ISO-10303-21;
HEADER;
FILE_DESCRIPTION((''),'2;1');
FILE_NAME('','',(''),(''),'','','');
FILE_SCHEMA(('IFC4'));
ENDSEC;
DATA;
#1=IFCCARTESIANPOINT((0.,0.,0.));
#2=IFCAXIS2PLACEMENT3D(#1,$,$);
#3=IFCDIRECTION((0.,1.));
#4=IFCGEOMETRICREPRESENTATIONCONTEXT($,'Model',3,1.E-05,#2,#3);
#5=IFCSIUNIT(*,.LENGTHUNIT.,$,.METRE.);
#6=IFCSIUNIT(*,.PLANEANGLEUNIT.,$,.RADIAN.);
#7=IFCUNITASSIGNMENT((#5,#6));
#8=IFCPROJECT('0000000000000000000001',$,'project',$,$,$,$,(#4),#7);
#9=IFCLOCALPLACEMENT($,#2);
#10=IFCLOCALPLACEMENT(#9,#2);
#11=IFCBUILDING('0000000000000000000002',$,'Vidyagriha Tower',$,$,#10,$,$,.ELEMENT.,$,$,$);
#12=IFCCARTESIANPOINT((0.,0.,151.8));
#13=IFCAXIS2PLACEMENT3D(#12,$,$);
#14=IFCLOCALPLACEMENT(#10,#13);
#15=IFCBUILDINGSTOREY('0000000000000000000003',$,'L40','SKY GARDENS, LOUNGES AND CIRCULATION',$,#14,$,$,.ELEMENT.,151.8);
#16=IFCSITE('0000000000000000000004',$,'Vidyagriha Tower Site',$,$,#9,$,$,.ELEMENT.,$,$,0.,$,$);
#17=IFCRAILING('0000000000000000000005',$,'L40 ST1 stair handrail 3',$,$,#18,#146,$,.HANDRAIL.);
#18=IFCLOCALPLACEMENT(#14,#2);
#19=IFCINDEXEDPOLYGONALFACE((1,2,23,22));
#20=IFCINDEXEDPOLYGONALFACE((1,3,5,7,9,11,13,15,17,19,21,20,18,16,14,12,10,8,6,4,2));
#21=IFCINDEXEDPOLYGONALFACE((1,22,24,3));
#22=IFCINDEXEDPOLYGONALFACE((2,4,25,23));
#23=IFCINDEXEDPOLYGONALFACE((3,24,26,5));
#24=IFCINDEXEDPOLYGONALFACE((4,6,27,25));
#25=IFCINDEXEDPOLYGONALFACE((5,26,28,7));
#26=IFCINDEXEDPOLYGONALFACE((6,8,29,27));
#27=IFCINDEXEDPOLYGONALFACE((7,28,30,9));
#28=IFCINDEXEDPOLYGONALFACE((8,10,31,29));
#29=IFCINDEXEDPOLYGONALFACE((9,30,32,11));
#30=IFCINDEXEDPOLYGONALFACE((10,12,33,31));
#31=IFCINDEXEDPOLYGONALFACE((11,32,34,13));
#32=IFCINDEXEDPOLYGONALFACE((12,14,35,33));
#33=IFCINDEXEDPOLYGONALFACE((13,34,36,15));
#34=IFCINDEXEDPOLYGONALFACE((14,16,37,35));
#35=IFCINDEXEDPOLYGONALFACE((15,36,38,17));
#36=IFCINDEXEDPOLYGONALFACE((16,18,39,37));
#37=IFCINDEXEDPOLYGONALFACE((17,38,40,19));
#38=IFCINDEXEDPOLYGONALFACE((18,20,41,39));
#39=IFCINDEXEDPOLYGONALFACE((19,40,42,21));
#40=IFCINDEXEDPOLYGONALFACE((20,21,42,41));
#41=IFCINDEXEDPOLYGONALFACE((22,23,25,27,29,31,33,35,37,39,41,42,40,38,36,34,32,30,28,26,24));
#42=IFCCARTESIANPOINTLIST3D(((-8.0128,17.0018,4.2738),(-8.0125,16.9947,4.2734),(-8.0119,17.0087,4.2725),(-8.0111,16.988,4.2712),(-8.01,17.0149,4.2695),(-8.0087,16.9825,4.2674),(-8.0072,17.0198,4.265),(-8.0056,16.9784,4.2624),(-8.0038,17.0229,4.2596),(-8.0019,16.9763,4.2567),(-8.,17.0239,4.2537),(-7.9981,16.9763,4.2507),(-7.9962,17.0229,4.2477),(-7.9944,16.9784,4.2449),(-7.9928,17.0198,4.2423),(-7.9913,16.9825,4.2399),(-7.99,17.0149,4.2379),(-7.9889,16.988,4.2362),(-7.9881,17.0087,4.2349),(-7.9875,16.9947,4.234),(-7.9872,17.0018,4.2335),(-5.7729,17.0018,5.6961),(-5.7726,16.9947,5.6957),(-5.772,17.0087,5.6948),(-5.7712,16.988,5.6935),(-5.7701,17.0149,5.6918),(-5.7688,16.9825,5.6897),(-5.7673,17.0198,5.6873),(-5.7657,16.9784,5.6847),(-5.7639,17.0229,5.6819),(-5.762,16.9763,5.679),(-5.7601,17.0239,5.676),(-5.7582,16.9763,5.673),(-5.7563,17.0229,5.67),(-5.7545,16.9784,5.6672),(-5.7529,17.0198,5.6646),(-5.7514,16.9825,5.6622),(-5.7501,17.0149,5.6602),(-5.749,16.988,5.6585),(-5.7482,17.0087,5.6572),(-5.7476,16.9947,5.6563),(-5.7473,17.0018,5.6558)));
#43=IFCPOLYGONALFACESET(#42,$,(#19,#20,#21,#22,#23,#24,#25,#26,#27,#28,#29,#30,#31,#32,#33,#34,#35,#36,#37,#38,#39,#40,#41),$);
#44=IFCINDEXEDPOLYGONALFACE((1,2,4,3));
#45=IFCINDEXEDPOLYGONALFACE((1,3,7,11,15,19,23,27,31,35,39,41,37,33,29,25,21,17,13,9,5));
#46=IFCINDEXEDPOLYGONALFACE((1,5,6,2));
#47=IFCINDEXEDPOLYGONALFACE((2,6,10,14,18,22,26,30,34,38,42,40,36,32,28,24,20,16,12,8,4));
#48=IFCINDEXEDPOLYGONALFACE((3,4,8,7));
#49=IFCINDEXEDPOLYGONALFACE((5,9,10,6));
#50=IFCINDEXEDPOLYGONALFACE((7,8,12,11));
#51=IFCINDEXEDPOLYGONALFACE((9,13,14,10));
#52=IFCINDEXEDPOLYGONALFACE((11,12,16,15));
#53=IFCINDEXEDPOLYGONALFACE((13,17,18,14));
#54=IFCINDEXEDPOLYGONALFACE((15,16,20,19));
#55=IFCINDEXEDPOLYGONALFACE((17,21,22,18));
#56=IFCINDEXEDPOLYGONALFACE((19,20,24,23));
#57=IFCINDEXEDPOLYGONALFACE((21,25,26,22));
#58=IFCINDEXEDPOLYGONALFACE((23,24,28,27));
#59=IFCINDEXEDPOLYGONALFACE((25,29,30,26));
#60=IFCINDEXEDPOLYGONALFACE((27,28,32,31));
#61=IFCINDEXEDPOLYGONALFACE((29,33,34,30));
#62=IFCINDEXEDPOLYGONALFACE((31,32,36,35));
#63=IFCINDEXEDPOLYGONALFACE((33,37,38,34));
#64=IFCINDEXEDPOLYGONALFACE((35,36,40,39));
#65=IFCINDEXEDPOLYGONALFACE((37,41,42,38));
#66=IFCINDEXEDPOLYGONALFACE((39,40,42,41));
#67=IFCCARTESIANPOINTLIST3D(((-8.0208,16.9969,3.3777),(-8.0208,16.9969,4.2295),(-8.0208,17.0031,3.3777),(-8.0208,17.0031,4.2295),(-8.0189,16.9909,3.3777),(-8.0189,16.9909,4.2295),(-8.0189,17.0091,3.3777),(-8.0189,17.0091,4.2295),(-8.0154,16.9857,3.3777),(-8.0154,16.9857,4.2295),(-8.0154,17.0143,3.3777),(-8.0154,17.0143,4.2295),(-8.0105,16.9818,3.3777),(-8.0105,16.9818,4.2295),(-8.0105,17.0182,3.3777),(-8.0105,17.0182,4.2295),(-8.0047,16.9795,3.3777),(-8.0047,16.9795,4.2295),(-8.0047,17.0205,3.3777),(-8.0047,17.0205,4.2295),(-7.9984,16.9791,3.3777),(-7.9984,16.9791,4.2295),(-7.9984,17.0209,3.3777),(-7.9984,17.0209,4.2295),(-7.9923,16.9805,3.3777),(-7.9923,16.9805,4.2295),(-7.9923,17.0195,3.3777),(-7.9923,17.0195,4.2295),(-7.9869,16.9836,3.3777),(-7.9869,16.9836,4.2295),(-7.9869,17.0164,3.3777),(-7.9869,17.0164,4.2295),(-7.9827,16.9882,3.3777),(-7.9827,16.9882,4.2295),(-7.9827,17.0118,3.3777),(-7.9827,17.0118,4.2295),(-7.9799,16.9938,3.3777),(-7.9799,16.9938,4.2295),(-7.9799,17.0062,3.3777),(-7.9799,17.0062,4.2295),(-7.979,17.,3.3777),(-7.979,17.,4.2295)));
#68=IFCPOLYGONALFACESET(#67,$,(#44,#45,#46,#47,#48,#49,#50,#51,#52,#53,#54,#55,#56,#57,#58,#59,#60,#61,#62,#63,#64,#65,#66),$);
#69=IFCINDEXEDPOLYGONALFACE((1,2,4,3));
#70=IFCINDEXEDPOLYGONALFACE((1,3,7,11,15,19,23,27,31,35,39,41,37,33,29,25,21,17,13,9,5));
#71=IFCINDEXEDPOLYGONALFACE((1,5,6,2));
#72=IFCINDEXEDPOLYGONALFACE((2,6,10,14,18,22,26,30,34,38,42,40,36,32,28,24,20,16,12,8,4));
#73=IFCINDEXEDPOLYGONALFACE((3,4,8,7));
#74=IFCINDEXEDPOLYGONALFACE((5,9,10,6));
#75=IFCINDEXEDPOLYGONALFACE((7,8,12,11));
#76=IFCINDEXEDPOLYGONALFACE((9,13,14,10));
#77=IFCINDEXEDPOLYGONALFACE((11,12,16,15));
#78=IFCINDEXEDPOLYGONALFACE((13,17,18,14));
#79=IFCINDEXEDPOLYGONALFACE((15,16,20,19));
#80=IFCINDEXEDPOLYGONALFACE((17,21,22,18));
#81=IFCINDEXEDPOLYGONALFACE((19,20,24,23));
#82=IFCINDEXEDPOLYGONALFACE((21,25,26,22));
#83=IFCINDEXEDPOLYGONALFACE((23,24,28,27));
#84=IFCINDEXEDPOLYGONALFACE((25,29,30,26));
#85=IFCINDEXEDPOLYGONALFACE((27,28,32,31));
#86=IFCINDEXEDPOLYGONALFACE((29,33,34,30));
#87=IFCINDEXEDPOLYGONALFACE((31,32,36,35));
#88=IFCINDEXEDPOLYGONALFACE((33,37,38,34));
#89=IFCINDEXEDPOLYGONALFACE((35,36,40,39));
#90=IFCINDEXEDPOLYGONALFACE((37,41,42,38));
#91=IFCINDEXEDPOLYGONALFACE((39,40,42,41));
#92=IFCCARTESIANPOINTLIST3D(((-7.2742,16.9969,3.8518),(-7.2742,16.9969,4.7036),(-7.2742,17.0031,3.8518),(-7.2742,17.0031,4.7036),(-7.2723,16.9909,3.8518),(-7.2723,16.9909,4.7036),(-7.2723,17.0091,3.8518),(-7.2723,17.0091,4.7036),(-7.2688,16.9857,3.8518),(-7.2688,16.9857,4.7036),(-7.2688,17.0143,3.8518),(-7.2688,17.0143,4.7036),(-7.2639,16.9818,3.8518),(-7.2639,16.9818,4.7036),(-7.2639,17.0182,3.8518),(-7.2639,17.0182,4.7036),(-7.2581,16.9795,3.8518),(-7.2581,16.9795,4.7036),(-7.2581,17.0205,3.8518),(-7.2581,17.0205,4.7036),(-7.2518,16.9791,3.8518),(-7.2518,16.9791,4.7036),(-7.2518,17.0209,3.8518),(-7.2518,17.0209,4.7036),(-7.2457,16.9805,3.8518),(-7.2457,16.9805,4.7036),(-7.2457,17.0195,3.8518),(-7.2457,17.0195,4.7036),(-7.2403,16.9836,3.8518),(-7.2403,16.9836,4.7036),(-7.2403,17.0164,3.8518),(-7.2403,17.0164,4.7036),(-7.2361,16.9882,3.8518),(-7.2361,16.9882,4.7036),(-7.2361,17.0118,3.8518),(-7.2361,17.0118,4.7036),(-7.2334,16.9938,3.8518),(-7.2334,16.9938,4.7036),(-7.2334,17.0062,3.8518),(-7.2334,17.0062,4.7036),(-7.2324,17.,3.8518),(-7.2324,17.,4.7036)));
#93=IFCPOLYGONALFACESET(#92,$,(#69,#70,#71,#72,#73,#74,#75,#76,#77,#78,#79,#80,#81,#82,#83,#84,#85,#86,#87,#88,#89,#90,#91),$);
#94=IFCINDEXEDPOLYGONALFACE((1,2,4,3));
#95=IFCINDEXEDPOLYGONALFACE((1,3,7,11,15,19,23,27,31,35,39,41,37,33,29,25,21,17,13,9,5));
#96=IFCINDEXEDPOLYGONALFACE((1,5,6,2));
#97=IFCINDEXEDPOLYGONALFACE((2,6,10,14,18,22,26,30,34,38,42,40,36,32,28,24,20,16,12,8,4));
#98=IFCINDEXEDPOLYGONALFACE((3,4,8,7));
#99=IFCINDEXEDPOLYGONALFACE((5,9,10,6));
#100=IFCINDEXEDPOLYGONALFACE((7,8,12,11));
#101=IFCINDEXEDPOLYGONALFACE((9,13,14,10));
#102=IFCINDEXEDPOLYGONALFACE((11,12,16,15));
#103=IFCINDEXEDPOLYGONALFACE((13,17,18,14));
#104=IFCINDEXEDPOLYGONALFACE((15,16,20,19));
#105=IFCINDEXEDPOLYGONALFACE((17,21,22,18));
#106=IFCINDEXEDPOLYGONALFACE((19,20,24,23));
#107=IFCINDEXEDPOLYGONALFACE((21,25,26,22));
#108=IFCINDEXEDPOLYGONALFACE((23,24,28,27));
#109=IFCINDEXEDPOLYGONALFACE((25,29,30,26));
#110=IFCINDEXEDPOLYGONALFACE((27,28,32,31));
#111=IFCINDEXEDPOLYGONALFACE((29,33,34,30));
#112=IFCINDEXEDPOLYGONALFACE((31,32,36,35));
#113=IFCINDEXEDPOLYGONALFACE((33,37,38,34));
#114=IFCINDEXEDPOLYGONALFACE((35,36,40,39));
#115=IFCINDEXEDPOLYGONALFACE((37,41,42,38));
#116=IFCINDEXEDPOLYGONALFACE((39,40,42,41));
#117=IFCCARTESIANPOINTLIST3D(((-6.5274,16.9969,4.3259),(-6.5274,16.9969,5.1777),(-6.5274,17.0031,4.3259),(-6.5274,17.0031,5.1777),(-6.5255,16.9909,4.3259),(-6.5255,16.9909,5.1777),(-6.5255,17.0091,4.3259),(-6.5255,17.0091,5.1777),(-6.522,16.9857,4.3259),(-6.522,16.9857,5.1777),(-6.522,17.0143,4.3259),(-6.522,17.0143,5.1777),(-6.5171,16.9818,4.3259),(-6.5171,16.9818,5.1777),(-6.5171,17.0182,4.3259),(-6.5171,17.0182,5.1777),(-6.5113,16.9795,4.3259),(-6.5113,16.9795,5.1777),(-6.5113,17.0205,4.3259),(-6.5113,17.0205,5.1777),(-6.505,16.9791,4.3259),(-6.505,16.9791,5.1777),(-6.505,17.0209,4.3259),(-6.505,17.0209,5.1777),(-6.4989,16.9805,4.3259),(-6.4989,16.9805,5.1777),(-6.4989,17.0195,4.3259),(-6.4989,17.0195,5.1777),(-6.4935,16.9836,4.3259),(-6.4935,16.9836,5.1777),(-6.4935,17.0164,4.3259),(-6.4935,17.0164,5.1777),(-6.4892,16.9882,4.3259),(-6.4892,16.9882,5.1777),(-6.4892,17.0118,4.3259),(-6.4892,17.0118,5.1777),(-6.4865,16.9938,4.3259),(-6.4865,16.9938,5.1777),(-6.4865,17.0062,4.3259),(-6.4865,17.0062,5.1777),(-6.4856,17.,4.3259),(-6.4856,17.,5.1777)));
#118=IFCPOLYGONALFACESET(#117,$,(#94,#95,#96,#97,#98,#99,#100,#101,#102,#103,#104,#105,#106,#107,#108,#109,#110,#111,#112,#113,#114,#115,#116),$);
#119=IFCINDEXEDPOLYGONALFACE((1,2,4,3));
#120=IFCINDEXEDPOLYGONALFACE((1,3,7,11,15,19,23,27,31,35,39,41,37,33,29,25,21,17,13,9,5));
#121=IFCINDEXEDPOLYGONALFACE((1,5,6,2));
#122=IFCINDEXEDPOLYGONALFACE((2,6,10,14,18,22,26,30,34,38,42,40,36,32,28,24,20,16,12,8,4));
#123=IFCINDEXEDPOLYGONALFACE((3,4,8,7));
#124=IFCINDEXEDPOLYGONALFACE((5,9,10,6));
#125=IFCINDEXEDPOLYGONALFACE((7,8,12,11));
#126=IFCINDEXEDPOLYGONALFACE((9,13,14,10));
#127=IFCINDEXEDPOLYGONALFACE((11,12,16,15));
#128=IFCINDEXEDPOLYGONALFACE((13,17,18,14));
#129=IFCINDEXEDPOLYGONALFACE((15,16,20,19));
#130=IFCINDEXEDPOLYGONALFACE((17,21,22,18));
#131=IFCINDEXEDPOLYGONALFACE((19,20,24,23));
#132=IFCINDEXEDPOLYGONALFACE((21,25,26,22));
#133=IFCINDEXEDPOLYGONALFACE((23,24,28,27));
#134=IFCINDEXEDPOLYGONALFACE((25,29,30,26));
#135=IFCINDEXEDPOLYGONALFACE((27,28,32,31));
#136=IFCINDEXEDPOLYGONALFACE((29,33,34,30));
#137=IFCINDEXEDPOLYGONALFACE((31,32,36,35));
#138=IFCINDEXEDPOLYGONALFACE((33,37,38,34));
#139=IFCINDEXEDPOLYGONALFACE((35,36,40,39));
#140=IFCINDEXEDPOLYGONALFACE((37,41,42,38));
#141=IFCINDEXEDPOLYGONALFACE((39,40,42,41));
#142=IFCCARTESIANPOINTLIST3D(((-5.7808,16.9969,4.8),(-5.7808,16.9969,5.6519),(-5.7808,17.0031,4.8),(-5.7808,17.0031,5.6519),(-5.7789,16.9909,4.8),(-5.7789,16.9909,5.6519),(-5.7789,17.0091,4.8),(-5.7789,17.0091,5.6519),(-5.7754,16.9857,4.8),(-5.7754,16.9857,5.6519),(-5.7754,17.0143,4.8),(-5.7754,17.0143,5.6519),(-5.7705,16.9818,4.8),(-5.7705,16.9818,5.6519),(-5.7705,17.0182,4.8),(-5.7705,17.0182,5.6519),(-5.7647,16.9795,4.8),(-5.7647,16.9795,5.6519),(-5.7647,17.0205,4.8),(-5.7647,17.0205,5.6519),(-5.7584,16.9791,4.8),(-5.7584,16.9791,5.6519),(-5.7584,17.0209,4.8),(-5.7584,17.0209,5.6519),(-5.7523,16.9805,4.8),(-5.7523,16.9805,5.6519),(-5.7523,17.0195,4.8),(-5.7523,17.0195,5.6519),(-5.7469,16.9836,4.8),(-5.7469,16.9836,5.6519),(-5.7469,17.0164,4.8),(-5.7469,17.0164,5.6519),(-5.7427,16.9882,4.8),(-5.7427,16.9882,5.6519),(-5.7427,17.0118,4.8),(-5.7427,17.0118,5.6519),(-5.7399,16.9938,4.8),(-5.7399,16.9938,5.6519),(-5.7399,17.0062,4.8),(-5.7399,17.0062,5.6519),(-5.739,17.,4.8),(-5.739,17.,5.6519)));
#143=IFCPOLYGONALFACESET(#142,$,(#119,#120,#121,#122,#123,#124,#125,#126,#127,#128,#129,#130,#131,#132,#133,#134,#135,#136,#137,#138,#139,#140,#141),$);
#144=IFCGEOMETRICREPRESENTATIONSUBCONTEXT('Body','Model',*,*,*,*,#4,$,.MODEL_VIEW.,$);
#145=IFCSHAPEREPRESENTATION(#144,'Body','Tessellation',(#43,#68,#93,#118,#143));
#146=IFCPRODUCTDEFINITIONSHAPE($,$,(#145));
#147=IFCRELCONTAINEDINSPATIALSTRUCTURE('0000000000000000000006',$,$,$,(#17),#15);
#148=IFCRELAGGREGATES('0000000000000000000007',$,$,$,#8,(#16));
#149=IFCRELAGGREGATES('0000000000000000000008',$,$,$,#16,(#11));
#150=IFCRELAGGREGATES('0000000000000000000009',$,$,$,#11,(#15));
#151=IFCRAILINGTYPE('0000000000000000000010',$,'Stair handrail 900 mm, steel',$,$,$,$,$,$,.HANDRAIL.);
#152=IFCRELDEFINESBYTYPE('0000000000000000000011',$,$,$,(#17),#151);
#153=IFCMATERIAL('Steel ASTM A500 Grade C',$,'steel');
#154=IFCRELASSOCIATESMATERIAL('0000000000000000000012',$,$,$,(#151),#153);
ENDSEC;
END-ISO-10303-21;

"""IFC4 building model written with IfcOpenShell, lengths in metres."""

from ifc_helpers import new_model, si_unit, direction, frame, origin, origin_2d, place, context, subcontext, project, spatial, circle, extrude, material, type_object, element, save


model = new_model("IFC4")

# Units and contexts
model_context = context("Model", 3, precision=1e-05, world=origin(), true_north=direction((0.0, 1.0)))
body_context = subcontext(model_context, "Body", "Model", "MODEL_VIEW")
ifc_project = project(units=[si_unit("LENGTHUNIT", "METRE"), si_unit("PLANEANGLEUNIT", "RADIAN")], contexts=[model_context])

# Site, building, storey
site_placement = place(None, origin())
site = spatial("IfcSite", under=ifc_project, at=site_placement, Name="Vidyagriha Tower Site", CompositionType="ELEMENT", RefElevation=0.0)
building_placement = place(site_placement, origin())
building = spatial("IfcBuilding", under=site, at=building_placement, Name="Vidyagriha Tower", CompositionType="ELEMENT")
storey_placement = place(building_placement, frame((0.0, 0.0, 151.8)))
storey = spatial("IfcBuildingStorey", under=building, at=storey_placement, Name="L40", Description="SKY GARDENS, LOUNGES AND CIRCULATION", CompositionType="ELEMENT", Elevation=151.8)

# Railing
ifc_material_1 = material(Name="Steel ASTM A500 Grade C", Category="steel")
railing_type = type_object("IfcRailingType", Name="Stair handrail 900 mm, steel", PredefinedType="HANDRAIL", material=ifc_material_1)
for number, where, name in (
    (1, (-8.0, 17.0, 3.3777), "L40 ST1 stair handrail 3"),
):
    element("IfcRailing", number, at=place(storey_placement, frame(where)), inside=storey, type_object=railing_type, Name=name, PredefinedType="HANDRAIL", context=body_context, shape_type="SweptSolid", body=[
        extrude(circle(Radius=0.0239, at=origin_2d()), frame((0.0, 0.0, 0.876), z_axis=(0.844188, 0.0, 0.536048), x_axis=(0.0, 1.0, 0.0)), (0.0, 0.0, 1.0), 2.6533),
        extrude(circle(Radius=0.021, at=origin_2d()), origin(), (0.0, 0.0, 1.0), 0.8518),
        extrude(circle(Radius=0.021, at=origin_2d()), frame((0.7466, 0.0, 0.4741)), (0.0, 0.0, 1.0), 0.8518),
        extrude(circle(Radius=0.021, at=origin_2d()), frame((1.4934, 0.0, 0.9482)), (0.0, 0.0, 1.0), 0.8518),
        extrude(circle(Radius=0.021, at=origin_2d()), frame((2.24, 0.0, 1.4224)), (0.0, 0.0, 1.0), 0.8518),
    ])

save(model, "model.ifc")
